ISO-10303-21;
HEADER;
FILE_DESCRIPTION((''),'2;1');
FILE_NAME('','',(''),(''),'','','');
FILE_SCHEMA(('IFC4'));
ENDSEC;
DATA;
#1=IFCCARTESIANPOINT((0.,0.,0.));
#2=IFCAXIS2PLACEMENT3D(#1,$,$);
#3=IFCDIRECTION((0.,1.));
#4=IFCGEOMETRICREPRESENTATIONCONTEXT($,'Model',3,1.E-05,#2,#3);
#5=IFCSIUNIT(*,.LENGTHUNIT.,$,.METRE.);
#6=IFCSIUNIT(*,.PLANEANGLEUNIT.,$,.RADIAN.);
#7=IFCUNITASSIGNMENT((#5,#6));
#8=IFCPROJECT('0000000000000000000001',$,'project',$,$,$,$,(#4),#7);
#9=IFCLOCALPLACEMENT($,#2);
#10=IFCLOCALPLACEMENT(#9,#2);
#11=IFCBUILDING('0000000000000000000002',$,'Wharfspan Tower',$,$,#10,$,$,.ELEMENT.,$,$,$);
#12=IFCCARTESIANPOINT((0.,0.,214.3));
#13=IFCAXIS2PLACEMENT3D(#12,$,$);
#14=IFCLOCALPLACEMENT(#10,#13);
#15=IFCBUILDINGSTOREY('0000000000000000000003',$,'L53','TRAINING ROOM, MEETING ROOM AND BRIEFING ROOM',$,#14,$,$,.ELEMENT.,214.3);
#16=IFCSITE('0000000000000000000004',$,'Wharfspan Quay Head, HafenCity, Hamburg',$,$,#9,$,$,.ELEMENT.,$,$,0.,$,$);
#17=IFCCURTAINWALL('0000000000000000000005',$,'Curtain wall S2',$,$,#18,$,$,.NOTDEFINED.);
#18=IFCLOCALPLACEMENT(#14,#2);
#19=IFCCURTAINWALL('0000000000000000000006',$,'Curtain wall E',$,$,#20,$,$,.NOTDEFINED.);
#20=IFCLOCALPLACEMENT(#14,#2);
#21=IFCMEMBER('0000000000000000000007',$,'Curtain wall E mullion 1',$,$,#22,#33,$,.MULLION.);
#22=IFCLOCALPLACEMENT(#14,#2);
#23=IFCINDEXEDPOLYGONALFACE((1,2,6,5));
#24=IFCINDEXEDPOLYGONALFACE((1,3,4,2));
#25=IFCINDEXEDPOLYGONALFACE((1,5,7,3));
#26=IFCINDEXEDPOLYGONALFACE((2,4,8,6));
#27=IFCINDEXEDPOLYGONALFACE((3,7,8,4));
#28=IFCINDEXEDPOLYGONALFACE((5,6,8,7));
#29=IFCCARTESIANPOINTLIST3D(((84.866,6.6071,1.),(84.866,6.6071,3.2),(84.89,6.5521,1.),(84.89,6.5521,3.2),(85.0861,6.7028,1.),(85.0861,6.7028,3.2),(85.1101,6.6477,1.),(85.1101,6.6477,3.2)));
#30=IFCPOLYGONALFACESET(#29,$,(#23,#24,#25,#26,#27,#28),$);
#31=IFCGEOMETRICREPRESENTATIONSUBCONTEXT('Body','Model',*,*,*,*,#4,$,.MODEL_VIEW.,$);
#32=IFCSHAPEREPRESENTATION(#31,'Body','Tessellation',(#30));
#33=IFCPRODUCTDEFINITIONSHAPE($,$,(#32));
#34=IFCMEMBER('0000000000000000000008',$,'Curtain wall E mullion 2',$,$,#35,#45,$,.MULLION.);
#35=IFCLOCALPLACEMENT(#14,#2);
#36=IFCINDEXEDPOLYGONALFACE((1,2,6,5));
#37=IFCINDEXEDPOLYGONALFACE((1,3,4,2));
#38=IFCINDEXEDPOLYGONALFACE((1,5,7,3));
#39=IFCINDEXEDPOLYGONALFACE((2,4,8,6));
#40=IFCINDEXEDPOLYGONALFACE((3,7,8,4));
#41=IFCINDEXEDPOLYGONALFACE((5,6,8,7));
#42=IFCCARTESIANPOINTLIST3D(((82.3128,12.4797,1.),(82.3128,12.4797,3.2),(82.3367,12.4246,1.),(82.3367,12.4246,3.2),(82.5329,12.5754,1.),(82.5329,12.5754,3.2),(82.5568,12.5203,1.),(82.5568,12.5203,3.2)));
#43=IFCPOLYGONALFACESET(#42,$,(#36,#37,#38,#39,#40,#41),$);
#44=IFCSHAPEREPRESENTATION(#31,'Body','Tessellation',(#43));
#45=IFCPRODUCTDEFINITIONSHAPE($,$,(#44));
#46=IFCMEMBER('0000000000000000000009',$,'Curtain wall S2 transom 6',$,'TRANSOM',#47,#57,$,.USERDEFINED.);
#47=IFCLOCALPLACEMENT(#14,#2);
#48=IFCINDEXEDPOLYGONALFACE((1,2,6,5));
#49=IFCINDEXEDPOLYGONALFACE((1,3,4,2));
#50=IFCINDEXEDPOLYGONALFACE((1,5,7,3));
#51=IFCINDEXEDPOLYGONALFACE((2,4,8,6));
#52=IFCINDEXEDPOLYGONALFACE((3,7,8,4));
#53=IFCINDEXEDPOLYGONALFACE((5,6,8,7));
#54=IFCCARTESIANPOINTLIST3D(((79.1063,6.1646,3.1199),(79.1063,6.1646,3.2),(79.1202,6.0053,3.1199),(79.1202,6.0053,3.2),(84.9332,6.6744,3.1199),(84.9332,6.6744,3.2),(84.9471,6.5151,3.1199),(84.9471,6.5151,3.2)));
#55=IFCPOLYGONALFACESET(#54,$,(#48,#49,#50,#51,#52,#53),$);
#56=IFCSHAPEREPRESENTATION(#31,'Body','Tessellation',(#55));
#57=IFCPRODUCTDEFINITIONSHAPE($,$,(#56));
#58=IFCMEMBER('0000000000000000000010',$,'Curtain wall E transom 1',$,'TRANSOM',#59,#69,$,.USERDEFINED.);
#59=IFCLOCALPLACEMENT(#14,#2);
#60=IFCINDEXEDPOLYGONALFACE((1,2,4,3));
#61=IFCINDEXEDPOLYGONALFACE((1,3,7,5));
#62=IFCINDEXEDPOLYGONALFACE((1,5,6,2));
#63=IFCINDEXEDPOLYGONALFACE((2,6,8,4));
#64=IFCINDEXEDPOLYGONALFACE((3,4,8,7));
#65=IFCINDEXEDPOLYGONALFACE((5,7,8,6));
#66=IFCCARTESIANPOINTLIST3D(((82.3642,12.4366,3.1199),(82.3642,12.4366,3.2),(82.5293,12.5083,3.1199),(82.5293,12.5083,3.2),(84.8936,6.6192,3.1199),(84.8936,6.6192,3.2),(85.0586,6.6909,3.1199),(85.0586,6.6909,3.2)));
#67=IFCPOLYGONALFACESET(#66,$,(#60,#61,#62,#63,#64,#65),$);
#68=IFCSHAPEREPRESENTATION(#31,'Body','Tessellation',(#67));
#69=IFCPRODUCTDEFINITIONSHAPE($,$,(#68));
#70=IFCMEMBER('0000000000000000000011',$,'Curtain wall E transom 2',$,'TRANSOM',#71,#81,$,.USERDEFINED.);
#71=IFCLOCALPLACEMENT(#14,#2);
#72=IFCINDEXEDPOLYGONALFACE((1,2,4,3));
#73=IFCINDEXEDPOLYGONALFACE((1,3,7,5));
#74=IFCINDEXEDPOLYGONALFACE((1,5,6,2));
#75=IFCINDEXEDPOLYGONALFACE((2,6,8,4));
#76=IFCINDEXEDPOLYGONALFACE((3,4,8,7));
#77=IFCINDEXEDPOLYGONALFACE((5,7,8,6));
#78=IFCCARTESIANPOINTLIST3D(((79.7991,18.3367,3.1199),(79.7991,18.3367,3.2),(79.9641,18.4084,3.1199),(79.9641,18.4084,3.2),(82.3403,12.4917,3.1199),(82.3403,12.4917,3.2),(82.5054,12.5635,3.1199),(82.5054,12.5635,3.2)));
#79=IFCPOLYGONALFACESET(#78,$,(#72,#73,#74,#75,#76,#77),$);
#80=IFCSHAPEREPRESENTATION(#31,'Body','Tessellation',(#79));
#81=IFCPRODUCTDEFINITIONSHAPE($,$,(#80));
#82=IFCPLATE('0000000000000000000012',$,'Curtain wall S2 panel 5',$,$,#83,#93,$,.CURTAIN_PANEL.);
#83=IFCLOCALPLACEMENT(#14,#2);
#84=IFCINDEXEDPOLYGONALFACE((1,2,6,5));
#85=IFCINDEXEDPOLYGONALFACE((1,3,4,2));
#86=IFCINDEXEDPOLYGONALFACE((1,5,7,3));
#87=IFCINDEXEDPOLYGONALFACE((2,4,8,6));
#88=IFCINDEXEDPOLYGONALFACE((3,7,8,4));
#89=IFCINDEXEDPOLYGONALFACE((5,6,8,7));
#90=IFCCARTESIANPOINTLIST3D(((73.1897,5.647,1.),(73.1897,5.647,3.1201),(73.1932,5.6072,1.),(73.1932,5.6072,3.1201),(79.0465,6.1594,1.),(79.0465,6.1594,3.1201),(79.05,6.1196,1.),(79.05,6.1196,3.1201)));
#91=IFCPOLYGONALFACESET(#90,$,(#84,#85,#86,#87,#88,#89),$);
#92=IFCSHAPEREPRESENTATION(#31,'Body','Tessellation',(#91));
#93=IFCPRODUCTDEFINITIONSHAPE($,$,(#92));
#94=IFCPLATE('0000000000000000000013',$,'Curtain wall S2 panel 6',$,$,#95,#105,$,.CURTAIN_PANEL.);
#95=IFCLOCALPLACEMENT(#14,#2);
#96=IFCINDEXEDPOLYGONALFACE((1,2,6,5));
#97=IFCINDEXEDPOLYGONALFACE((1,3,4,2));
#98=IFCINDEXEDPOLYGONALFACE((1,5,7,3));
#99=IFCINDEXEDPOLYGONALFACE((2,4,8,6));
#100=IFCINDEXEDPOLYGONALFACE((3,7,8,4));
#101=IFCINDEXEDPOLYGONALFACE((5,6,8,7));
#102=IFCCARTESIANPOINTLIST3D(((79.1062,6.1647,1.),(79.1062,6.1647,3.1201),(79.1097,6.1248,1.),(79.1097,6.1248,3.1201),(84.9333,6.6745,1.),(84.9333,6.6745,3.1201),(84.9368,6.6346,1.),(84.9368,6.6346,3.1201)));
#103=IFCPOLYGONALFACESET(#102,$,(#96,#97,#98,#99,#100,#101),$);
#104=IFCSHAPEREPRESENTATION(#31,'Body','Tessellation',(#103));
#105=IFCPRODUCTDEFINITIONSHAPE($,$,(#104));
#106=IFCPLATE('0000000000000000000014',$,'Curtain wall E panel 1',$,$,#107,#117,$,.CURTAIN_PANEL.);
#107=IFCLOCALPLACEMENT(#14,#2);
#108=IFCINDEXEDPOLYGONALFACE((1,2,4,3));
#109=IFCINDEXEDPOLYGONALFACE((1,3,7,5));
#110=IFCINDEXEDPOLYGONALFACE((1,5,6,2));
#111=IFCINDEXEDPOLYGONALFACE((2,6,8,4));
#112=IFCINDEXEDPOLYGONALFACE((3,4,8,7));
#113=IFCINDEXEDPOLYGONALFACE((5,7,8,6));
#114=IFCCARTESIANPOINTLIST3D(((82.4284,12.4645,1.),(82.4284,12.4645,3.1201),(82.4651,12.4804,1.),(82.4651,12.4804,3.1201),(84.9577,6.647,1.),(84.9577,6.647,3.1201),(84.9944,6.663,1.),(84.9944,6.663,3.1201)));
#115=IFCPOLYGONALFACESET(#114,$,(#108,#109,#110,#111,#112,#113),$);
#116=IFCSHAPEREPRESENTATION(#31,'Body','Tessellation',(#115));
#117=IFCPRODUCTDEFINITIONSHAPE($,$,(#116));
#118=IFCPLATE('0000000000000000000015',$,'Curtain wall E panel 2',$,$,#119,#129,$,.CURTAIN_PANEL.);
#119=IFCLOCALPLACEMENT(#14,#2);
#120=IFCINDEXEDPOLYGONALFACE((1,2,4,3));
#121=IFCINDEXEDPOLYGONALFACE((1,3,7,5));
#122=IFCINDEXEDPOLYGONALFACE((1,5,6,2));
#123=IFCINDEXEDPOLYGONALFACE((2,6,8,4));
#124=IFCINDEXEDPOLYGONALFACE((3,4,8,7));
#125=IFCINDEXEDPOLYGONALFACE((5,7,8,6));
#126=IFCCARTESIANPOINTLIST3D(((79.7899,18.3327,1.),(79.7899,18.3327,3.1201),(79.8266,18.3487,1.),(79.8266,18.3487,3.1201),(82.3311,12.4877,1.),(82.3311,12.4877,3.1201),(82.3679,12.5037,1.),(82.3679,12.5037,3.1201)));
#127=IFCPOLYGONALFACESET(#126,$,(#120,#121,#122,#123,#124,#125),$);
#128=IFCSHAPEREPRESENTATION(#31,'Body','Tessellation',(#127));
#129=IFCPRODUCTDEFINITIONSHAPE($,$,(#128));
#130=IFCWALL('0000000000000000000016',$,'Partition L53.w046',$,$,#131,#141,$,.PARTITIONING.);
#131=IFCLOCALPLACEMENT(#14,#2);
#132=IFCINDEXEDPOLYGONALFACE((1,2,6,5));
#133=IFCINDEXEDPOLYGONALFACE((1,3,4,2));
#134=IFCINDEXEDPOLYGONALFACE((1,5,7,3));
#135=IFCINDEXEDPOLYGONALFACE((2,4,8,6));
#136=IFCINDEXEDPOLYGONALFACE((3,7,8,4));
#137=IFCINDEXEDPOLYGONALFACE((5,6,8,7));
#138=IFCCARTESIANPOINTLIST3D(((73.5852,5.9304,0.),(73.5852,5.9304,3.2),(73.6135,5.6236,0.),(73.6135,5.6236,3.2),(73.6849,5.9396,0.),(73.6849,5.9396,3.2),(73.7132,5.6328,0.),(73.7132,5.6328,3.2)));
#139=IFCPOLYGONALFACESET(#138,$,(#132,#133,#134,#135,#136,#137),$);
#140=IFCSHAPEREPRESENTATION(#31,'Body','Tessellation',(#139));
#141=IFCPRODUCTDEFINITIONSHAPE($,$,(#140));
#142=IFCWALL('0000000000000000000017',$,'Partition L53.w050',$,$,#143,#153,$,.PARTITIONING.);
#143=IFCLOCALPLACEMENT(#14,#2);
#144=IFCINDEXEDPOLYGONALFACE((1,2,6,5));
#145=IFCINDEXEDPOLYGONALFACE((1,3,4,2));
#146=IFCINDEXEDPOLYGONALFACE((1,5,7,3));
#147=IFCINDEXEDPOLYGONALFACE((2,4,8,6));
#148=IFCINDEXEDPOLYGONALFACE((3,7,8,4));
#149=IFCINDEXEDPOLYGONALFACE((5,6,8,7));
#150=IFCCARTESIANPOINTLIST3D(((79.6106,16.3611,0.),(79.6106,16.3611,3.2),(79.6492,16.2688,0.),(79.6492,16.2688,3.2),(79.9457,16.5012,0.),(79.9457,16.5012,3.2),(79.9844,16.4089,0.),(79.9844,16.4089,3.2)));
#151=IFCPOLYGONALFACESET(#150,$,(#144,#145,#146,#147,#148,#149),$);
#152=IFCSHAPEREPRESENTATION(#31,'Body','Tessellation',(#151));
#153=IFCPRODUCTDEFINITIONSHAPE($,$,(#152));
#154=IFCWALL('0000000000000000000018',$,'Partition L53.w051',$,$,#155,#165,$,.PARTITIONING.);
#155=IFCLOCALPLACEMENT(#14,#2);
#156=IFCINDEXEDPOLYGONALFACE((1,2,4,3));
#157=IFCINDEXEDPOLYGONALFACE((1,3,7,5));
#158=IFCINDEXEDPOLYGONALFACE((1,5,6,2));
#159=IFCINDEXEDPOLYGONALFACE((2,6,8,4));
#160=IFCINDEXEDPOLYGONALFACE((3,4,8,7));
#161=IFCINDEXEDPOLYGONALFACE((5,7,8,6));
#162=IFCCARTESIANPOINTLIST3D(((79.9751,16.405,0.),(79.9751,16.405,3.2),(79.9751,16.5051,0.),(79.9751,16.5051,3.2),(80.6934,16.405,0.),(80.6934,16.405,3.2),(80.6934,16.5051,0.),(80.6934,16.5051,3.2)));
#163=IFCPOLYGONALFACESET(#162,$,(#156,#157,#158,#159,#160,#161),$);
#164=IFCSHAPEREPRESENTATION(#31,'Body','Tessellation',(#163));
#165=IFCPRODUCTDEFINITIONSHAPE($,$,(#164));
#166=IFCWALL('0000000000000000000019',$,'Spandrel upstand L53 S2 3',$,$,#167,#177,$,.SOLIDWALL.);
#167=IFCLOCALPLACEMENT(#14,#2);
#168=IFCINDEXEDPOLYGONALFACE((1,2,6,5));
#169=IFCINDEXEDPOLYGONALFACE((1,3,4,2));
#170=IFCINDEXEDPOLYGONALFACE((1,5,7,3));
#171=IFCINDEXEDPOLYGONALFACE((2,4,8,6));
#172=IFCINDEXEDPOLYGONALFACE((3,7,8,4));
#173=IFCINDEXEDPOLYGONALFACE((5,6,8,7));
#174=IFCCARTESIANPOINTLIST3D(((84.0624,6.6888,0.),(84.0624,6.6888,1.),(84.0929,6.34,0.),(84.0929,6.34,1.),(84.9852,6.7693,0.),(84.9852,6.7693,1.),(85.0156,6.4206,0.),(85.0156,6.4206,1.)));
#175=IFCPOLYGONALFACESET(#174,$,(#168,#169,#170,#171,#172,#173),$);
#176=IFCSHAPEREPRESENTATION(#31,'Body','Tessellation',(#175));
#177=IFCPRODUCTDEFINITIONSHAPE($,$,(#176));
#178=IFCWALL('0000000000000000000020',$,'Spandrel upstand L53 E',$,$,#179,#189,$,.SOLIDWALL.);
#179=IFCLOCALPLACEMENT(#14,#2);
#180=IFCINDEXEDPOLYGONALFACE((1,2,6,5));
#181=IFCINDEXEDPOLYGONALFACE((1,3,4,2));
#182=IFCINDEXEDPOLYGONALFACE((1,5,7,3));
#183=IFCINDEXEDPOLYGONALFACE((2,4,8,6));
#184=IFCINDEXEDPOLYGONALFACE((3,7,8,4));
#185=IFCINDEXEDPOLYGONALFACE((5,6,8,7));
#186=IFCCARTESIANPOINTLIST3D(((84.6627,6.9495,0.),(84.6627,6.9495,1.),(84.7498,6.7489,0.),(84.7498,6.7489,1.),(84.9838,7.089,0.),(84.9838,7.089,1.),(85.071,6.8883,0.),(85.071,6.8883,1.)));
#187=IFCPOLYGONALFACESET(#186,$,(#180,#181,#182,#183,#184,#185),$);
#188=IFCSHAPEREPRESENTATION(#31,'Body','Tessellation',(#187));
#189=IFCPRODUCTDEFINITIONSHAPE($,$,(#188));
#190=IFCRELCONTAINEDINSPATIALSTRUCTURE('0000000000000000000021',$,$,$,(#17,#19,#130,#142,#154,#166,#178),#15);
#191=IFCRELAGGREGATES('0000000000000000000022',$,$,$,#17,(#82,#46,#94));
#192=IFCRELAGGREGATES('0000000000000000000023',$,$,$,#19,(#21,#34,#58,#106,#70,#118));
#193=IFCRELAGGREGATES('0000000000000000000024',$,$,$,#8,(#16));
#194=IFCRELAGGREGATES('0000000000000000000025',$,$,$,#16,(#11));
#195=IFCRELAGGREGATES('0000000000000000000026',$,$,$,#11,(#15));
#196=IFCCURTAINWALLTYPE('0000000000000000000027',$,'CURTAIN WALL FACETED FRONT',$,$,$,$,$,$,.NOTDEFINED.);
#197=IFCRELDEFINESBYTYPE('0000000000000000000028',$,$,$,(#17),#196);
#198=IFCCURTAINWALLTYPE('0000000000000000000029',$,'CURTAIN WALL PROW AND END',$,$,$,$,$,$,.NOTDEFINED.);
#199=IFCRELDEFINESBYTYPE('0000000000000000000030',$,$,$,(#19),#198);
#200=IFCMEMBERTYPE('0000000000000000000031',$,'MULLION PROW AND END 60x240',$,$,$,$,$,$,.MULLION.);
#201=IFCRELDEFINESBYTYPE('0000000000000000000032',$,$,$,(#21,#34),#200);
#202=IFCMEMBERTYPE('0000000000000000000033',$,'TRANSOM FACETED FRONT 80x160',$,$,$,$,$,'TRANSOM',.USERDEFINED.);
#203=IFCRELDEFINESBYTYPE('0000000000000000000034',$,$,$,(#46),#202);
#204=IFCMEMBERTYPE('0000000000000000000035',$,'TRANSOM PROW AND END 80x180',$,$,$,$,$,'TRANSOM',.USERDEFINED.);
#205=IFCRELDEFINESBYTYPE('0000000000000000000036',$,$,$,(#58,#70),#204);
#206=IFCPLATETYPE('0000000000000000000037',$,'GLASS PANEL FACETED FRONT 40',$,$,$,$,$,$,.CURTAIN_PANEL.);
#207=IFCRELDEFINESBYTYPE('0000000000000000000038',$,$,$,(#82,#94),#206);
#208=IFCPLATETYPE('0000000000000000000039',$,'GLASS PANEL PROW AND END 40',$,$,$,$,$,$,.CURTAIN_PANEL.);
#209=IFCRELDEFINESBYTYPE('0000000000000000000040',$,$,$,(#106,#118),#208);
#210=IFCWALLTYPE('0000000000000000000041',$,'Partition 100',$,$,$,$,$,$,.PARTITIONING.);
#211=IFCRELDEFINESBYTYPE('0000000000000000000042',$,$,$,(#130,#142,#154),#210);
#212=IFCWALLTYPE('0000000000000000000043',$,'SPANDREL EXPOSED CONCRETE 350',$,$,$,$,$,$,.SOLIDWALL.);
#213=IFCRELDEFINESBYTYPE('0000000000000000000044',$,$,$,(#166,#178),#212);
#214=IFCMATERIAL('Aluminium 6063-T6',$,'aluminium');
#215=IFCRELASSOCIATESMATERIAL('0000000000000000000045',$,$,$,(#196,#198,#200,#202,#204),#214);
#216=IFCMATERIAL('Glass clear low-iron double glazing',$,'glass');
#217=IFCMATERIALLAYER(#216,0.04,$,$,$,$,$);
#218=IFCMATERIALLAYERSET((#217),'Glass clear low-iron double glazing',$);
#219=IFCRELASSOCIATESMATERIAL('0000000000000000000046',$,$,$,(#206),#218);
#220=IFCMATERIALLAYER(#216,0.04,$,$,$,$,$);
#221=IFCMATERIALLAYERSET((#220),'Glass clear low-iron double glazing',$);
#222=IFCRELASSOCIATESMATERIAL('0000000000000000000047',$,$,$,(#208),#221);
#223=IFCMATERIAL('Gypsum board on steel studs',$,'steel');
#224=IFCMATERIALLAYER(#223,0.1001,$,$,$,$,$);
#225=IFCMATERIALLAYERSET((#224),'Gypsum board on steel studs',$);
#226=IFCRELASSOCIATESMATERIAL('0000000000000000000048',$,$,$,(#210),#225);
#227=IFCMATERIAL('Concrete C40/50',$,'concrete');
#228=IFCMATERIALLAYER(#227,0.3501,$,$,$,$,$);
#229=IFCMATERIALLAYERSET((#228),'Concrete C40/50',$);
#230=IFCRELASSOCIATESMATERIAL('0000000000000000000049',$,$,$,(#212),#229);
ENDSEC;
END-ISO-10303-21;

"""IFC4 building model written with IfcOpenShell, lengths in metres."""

from ifc_helpers import new_model, si_unit, direction, frame, frame_2d, origin, origin_2d, place, context, subcontext, project, spatial, rectangle, extrude, material, layer, layer_set, material_profile, profile_set, type_object, element, aggregate, save


model = new_model("IFC4")

# Units and contexts
model_context = context("Model", 3, precision=1e-05, world=origin(), true_north=direction((0.0, 1.0)))
body_context = subcontext(model_context, "Body", "Model", "MODEL_VIEW")
ifc_project = project(units=[si_unit("LENGTHUNIT", "METRE"), si_unit("PLANEANGLEUNIT", "RADIAN")], contexts=[model_context])

# Site, building, storey
site_placement = place(None, origin())
site = spatial("IfcSite", under=ifc_project, at=site_placement, Name="Wharfspan Quay Head, HafenCity, Hamburg", CompositionType="ELEMENT", RefElevation=0.0)
building_placement = place(site_placement, origin())
building = spatial("IfcBuilding", under=site, at=building_placement, Name="Wharfspan Tower", CompositionType="ELEMENT")
storey_placement = place(building_placement, frame((0.0, 0.0, 214.3)))
storey = spatial("IfcBuildingStorey", under=building, at=storey_placement, Name="L53", Description="TRAINING ROOM, MEETING ROOM AND BRIEFING ROOM", CompositionType="ELEMENT", Elevation=214.3)

# Curtain walls, members
ifc_material_1 = material(Name="Aluminium 6063-T6", Category="aluminium")
curtain_wall_type_1 = type_object("IfcCurtainWallType", Name="CURTAIN WALL FACETED FRONT", PredefinedType="NOTDEFINED", material=ifc_material_1)
curtain_wall_1_placement = place(storey_placement, origin())
curtain_wall_1 = element("IfcCurtainWall", 1, at=curtain_wall_1_placement, inside=storey, type_object=curtain_wall_type_1, Name="Curtain wall S2", PredefinedType="NOTDEFINED")
curtain_wall_type_2 = type_object("IfcCurtainWallType", Name="CURTAIN WALL PROW AND END", PredefinedType="NOTDEFINED", material=ifc_material_1)
curtain_wall_2_placement = place(storey_placement, origin())
curtain_wall_2 = element("IfcCurtainWall", 2, at=curtain_wall_2_placement, inside=storey, type_object=curtain_wall_type_2, Name="Curtain wall E", PredefinedType="NOTDEFINED")
ifc_material_profile_1 = material_profile(ifc_material_1, rectangle(XDim=0.24, YDim=0.0601, at=origin_2d()))
ifc_profile_set_1 = profile_set([ifc_material_profile_1], Name="Aluminium 6063-T6")
member_type_1 = type_object("IfcMemberType", Name="MULLION PROW AND END 60x240", PredefinedType="MULLION", material=ifc_profile_set_1)
member_1_placement = place(storey_placement, frame((84.988, 6.6274, 1.0), z_axis=(0.0, 0.0, 1.0), x_axis=(-0.917072, -0.398727, 0.0)))
member_1 = element("IfcMember", 3, at=member_1_placement, type_object=member_type_1, Name="Curtain wall E mullion 1", PredefinedType="MULLION", context=body_context, shape_type="SweptSolid", body=[
    extrude(rectangle(XDim=0.24, YDim=0.0601, at=origin_2d()), origin(), (0.0, 0.0, 1.0), 2.2),
])
member_2_placement = place(storey_placement, frame((82.4348, 12.5, 1.0), z_axis=(0.0, 0.0, 1.0), x_axis=(-0.917072, -0.398727, 0.0)))
member_2 = element("IfcMember", 4, at=member_2_placement, type_object=member_type_1, Name="Curtain wall E mullion 2", PredefinedType="MULLION", context=body_context, shape_type="SweptSolid", body=[
    extrude(rectangle(XDim=0.24, YDim=0.0601, at=origin_2d()), origin(), (0.0, 0.0, 1.0), 2.2),
])

# Members
ifc_material_profile_2 = material_profile(ifc_material_1, rectangle(XDim=0.1599, YDim=0.0801, at=origin_2d()))
ifc_profile_set_2 = profile_set([ifc_material_profile_2], Name="Aluminium 6063-T6")
member_type_2 = type_object("IfcMemberType", Name="TRANSOM FACETED FRONT 80x160", ElementType="TRANSOM", PredefinedType="USERDEFINED", material=ifc_profile_set_2)
member_3_placement = place(storey_placement, frame((79.1133, 6.085, 3.1599), z_axis=(0.996195, 0.087152, 0.0), x_axis=(-0.087152, 0.996195, 0.0)))
member_3 = element("IfcMember", 5, at=member_3_placement, type_object=member_type_2, Name="Curtain wall S2 transom 6", ObjectType="TRANSOM", PredefinedType="USERDEFINED", context=body_context, shape_type="SweptSolid", body=[
    extrude(rectangle(XDim=0.1599, YDim=0.0801, at=origin_2d()), origin(), (0.0, 0.0, 1.0), 5.8491),
])
ifc_material_profile_3 = material_profile(ifc_material_1, rectangle(XDim=0.1799, YDim=0.0801, at=origin_2d()))
ifc_profile_set_3 = profile_set([ifc_material_profile_3], Name="Aluminium 6063-T6")
member_type_3 = type_object("IfcMemberType", Name="TRANSOM PROW AND END 80x180", ElementType="TRANSOM", PredefinedType="USERDEFINED", material=ifc_profile_set_3)
member_4_placement = place(storey_placement, frame((84.9761, 6.655, 3.1599), z_axis=(-0.398726, 0.91707, 0.0), x_axis=(-0.91707, -0.398726, 0.0)))
member_4 = element("IfcMember", 6, at=member_4_placement, type_object=member_type_3, Name="Curtain wall E transom 1", ObjectType="TRANSOM", PredefinedType="USERDEFINED", context=body_context, shape_type="SweptSolid", body=[
    extrude(rectangle(XDim=0.1799, YDim=0.0801, at=origin_2d()), origin(), (0.0, 0.0, 1.0), 6.3435),
])
member_5_placement = place(storey_placement, frame((82.4229, 12.5276, 3.1599), z_axis=(-0.398722, 0.917072, 0.0), x_axis=(-0.917072, -0.398722, 0.0)))
member_5 = element("IfcMember", 7, at=member_5_placement, type_object=member_type_3, Name="Curtain wall E transom 2", ObjectType="TRANSOM", PredefinedType="USERDEFINED", context=body_context, shape_type="SweptSolid", body=[
    extrude(rectangle(XDim=0.1799, YDim=0.0801, at=origin_2d()), origin(), (0.0, 0.0, 1.0), 6.3735),
])

# Plates
ifc_material_2 = material(Name="Glass clear low-iron double glazing", Category="glass")
ifc_layer_1 = layer(ifc_material_2, 0.04)
ifc_layer_set_1 = layer_set([ifc_layer_1], Name="Glass clear low-iron double glazing")
plate_type_1 = type_object("IfcPlateType", Name="GLASS PANEL FACETED FRONT 40", PredefinedType="CURTAIN_PANEL", material=ifc_layer_set_1)
plate_1_placement = place(storey_placement, frame((76.1199, 5.8833, 1.0), z_axis=(0.0, 0.0, 1.0), x_axis=(0.996197, 0.087156, 0.0)))
plate_1 = element("IfcPlate", 8, at=plate_1_placement, type_object=plate_type_1, Name="Curtain wall S2 panel 5", PredefinedType="CURTAIN_PANEL", context=body_context, shape_type="SweptSolid", body=[
    extrude(rectangle(XDim=5.8792, YDim=0.04, at=origin_2d()), origin(), (0.0, 0.0, 1.0), 2.1201),
])
plate_2_placement = place(storey_placement, frame((82.0215, 6.3997, 1.0), z_axis=(0.0, 0.0, 1.0), x_axis=(0.996197, 0.087156, 0.0)))
plate_2 = element("IfcPlate", 9, at=plate_2_placement, type_object=plate_type_1, Name="Curtain wall S2 panel 6", PredefinedType="CURTAIN_PANEL", context=body_context, shape_type="SweptSolid", body=[
    extrude(rectangle(XDim=5.8494, YDim=0.04, at=origin_2d()), origin(), (0.0, 0.0, 1.0), 2.1201),
])
aggregate(curtain_wall_1, [plate_1, member_3, plate_2])
ifc_layer_2 = layer(ifc_material_2, 0.04)
ifc_layer_set_2 = layer_set([ifc_layer_2], Name="Glass clear low-iron double glazing")
plate_type_2 = type_object("IfcPlateType", Name="GLASS PANEL PROW AND END 40", PredefinedType="CURTAIN_PANEL", material=ifc_layer_set_2)
plate_3_placement = place(storey_placement, frame((83.7114, 9.5637, 1.0), z_axis=(0.0, 0.0, 1.0), x_axis=(-0.398727, 0.917072, 0.0)))
plate_3 = element("IfcPlate", 10, at=plate_3_placement, type_object=plate_type_2, Name="Curtain wall E panel 1", PredefinedType="CURTAIN_PANEL", context=body_context, shape_type="SweptSolid", body=[
    extrude(rectangle(XDim=6.3435, YDim=0.04, at=origin_2d()), origin(), (0.0, 0.0, 1.0), 2.1201),
])
plate_4_placement = place(storey_placement, frame((81.0789, 15.4182, 1.0), z_axis=(0.0, 0.0, 1.0), x_axis=(-0.398727, 0.917072, 0.0)))
plate_4 = element("IfcPlate", 11, at=plate_4_placement, type_object=plate_type_2, Name="Curtain wall E panel 2", PredefinedType="CURTAIN_PANEL", context=body_context, shape_type="SweptSolid", body=[
    extrude(rectangle(XDim=6.3735, YDim=0.04, at=origin_2d()), origin(), (0.0, 0.0, 1.0), 2.1201),
])
aggregate(curtain_wall_2, [member_1, member_2, member_4, plate_3, member_5, plate_4])

# Walls
ifc_material_3 = material(Name="Gypsum board on steel studs", Category="steel")
ifc_layer_3 = layer(ifc_material_3, 0.1001)
ifc_layer_set_3 = layer_set([ifc_layer_3], Name="Gypsum board on steel studs")
wall_type_1 = type_object("IfcWallType", Name="Partition 100", PredefinedType="PARTITIONING", material=ifc_layer_set_3)
wall_1_placement = place(storey_placement, frame((73.6633, 5.6282, 0.0), z_axis=(0.0, 0.0, 1.0), x_axis=(-0.091893, 0.995772, 0.0)))
element("IfcWall", 12, at=wall_1_placement, inside=storey, type_object=wall_type_1, Name="Partition L53.w046", PredefinedType="PARTITIONING", context=body_context, shape_type="SweptSolid", body=[
    extrude(rectangle(XDim=0.3081, YDim=0.1001, at=frame_2d((0.1541, 0.0))), origin(), (0.0, 0.0, 1.0), 3.2),
])
wall_2_placement = place(storey_placement, frame((79.6299, 16.3149, 0.0), z_axis=(0.0, 0.0, 1.0), x_axis=(0.92262, 0.385713, 0.0)))
element("IfcWall", 13, at=wall_2_placement, inside=storey, type_object=wall_type_1, Name="Partition L53.w050", PredefinedType="PARTITIONING", context=body_context, shape_type="SweptSolid", body=[
    extrude(rectangle(XDim=0.3633, YDim=0.1001, at=frame_2d((0.1816, 0.0))), origin(), (0.0, 0.0, 1.0), 3.2),
])
wall_3_placement = place(storey_placement, frame((79.9751, 16.4551, 0.0), z_axis=(0.0, 0.0, 1.0), x_axis=(1.0, 0.0, 0.0)))
element("IfcWall", 14, at=wall_3_placement, inside=storey, type_object=wall_type_1, Name="Partition L53.w051", PredefinedType="PARTITIONING", context=body_context, shape_type="SweptSolid", body=[
    extrude(rectangle(XDim=0.7183, YDim=0.1001, at=frame_2d((0.3591, 0.0))), origin(), (0.0, 0.0, 1.0), 3.2),
])
ifc_material_4 = material(Name="Concrete C40/50", Category="concrete")
ifc_layer_4 = layer(ifc_material_4, 0.3501)
ifc_layer_set_4 = layer_set([ifc_layer_4], Name="Concrete C40/50")
wall_type_2 = type_object("IfcWallType", Name="SPANDREL EXPOSED CONCRETE 350", PredefinedType="SOLIDWALL", material=ifc_layer_set_4)
wall_4_placement = place(storey_placement, frame((84.0776, 6.5144, 0.0), z_axis=(0.0, 0.0, 1.0), x_axis=(0.996213, 0.086971, 0.0)))
element("IfcWall", 15, at=wall_4_placement, inside=storey, type_object=wall_type_2, Name="Spandrel upstand L53 S2 3", PredefinedType="SOLIDWALL", context=body_context, shape_type="SweptSolid", body=[
    extrude(rectangle(XDim=0.9263, YDim=0.3501, at=frame_2d((0.4631, 0.0))), origin(), (0.0, 0.0, 1.0), 1.0),
])
wall_5_placement = place(storey_placement, frame((84.9104, 6.8186, 0.0), z_axis=(0.0, 0.0, 1.0), x_axis=(-0.398359, 0.91723, 0.0)))
element("IfcWall", 16, at=wall_5_placement, inside=storey, type_object=wall_type_2, Name="Spandrel upstand L53 E", PredefinedType="SOLIDWALL", context=body_context, shape_type="SweptSolid", body=[
    extrude(rectangle(XDim=0.2188, YDim=0.3501, at=frame_2d((0.1094, 0.0))), origin(), (0.0, 0.0, 1.0), 1.0),
])

save(model, "model.ifc")
